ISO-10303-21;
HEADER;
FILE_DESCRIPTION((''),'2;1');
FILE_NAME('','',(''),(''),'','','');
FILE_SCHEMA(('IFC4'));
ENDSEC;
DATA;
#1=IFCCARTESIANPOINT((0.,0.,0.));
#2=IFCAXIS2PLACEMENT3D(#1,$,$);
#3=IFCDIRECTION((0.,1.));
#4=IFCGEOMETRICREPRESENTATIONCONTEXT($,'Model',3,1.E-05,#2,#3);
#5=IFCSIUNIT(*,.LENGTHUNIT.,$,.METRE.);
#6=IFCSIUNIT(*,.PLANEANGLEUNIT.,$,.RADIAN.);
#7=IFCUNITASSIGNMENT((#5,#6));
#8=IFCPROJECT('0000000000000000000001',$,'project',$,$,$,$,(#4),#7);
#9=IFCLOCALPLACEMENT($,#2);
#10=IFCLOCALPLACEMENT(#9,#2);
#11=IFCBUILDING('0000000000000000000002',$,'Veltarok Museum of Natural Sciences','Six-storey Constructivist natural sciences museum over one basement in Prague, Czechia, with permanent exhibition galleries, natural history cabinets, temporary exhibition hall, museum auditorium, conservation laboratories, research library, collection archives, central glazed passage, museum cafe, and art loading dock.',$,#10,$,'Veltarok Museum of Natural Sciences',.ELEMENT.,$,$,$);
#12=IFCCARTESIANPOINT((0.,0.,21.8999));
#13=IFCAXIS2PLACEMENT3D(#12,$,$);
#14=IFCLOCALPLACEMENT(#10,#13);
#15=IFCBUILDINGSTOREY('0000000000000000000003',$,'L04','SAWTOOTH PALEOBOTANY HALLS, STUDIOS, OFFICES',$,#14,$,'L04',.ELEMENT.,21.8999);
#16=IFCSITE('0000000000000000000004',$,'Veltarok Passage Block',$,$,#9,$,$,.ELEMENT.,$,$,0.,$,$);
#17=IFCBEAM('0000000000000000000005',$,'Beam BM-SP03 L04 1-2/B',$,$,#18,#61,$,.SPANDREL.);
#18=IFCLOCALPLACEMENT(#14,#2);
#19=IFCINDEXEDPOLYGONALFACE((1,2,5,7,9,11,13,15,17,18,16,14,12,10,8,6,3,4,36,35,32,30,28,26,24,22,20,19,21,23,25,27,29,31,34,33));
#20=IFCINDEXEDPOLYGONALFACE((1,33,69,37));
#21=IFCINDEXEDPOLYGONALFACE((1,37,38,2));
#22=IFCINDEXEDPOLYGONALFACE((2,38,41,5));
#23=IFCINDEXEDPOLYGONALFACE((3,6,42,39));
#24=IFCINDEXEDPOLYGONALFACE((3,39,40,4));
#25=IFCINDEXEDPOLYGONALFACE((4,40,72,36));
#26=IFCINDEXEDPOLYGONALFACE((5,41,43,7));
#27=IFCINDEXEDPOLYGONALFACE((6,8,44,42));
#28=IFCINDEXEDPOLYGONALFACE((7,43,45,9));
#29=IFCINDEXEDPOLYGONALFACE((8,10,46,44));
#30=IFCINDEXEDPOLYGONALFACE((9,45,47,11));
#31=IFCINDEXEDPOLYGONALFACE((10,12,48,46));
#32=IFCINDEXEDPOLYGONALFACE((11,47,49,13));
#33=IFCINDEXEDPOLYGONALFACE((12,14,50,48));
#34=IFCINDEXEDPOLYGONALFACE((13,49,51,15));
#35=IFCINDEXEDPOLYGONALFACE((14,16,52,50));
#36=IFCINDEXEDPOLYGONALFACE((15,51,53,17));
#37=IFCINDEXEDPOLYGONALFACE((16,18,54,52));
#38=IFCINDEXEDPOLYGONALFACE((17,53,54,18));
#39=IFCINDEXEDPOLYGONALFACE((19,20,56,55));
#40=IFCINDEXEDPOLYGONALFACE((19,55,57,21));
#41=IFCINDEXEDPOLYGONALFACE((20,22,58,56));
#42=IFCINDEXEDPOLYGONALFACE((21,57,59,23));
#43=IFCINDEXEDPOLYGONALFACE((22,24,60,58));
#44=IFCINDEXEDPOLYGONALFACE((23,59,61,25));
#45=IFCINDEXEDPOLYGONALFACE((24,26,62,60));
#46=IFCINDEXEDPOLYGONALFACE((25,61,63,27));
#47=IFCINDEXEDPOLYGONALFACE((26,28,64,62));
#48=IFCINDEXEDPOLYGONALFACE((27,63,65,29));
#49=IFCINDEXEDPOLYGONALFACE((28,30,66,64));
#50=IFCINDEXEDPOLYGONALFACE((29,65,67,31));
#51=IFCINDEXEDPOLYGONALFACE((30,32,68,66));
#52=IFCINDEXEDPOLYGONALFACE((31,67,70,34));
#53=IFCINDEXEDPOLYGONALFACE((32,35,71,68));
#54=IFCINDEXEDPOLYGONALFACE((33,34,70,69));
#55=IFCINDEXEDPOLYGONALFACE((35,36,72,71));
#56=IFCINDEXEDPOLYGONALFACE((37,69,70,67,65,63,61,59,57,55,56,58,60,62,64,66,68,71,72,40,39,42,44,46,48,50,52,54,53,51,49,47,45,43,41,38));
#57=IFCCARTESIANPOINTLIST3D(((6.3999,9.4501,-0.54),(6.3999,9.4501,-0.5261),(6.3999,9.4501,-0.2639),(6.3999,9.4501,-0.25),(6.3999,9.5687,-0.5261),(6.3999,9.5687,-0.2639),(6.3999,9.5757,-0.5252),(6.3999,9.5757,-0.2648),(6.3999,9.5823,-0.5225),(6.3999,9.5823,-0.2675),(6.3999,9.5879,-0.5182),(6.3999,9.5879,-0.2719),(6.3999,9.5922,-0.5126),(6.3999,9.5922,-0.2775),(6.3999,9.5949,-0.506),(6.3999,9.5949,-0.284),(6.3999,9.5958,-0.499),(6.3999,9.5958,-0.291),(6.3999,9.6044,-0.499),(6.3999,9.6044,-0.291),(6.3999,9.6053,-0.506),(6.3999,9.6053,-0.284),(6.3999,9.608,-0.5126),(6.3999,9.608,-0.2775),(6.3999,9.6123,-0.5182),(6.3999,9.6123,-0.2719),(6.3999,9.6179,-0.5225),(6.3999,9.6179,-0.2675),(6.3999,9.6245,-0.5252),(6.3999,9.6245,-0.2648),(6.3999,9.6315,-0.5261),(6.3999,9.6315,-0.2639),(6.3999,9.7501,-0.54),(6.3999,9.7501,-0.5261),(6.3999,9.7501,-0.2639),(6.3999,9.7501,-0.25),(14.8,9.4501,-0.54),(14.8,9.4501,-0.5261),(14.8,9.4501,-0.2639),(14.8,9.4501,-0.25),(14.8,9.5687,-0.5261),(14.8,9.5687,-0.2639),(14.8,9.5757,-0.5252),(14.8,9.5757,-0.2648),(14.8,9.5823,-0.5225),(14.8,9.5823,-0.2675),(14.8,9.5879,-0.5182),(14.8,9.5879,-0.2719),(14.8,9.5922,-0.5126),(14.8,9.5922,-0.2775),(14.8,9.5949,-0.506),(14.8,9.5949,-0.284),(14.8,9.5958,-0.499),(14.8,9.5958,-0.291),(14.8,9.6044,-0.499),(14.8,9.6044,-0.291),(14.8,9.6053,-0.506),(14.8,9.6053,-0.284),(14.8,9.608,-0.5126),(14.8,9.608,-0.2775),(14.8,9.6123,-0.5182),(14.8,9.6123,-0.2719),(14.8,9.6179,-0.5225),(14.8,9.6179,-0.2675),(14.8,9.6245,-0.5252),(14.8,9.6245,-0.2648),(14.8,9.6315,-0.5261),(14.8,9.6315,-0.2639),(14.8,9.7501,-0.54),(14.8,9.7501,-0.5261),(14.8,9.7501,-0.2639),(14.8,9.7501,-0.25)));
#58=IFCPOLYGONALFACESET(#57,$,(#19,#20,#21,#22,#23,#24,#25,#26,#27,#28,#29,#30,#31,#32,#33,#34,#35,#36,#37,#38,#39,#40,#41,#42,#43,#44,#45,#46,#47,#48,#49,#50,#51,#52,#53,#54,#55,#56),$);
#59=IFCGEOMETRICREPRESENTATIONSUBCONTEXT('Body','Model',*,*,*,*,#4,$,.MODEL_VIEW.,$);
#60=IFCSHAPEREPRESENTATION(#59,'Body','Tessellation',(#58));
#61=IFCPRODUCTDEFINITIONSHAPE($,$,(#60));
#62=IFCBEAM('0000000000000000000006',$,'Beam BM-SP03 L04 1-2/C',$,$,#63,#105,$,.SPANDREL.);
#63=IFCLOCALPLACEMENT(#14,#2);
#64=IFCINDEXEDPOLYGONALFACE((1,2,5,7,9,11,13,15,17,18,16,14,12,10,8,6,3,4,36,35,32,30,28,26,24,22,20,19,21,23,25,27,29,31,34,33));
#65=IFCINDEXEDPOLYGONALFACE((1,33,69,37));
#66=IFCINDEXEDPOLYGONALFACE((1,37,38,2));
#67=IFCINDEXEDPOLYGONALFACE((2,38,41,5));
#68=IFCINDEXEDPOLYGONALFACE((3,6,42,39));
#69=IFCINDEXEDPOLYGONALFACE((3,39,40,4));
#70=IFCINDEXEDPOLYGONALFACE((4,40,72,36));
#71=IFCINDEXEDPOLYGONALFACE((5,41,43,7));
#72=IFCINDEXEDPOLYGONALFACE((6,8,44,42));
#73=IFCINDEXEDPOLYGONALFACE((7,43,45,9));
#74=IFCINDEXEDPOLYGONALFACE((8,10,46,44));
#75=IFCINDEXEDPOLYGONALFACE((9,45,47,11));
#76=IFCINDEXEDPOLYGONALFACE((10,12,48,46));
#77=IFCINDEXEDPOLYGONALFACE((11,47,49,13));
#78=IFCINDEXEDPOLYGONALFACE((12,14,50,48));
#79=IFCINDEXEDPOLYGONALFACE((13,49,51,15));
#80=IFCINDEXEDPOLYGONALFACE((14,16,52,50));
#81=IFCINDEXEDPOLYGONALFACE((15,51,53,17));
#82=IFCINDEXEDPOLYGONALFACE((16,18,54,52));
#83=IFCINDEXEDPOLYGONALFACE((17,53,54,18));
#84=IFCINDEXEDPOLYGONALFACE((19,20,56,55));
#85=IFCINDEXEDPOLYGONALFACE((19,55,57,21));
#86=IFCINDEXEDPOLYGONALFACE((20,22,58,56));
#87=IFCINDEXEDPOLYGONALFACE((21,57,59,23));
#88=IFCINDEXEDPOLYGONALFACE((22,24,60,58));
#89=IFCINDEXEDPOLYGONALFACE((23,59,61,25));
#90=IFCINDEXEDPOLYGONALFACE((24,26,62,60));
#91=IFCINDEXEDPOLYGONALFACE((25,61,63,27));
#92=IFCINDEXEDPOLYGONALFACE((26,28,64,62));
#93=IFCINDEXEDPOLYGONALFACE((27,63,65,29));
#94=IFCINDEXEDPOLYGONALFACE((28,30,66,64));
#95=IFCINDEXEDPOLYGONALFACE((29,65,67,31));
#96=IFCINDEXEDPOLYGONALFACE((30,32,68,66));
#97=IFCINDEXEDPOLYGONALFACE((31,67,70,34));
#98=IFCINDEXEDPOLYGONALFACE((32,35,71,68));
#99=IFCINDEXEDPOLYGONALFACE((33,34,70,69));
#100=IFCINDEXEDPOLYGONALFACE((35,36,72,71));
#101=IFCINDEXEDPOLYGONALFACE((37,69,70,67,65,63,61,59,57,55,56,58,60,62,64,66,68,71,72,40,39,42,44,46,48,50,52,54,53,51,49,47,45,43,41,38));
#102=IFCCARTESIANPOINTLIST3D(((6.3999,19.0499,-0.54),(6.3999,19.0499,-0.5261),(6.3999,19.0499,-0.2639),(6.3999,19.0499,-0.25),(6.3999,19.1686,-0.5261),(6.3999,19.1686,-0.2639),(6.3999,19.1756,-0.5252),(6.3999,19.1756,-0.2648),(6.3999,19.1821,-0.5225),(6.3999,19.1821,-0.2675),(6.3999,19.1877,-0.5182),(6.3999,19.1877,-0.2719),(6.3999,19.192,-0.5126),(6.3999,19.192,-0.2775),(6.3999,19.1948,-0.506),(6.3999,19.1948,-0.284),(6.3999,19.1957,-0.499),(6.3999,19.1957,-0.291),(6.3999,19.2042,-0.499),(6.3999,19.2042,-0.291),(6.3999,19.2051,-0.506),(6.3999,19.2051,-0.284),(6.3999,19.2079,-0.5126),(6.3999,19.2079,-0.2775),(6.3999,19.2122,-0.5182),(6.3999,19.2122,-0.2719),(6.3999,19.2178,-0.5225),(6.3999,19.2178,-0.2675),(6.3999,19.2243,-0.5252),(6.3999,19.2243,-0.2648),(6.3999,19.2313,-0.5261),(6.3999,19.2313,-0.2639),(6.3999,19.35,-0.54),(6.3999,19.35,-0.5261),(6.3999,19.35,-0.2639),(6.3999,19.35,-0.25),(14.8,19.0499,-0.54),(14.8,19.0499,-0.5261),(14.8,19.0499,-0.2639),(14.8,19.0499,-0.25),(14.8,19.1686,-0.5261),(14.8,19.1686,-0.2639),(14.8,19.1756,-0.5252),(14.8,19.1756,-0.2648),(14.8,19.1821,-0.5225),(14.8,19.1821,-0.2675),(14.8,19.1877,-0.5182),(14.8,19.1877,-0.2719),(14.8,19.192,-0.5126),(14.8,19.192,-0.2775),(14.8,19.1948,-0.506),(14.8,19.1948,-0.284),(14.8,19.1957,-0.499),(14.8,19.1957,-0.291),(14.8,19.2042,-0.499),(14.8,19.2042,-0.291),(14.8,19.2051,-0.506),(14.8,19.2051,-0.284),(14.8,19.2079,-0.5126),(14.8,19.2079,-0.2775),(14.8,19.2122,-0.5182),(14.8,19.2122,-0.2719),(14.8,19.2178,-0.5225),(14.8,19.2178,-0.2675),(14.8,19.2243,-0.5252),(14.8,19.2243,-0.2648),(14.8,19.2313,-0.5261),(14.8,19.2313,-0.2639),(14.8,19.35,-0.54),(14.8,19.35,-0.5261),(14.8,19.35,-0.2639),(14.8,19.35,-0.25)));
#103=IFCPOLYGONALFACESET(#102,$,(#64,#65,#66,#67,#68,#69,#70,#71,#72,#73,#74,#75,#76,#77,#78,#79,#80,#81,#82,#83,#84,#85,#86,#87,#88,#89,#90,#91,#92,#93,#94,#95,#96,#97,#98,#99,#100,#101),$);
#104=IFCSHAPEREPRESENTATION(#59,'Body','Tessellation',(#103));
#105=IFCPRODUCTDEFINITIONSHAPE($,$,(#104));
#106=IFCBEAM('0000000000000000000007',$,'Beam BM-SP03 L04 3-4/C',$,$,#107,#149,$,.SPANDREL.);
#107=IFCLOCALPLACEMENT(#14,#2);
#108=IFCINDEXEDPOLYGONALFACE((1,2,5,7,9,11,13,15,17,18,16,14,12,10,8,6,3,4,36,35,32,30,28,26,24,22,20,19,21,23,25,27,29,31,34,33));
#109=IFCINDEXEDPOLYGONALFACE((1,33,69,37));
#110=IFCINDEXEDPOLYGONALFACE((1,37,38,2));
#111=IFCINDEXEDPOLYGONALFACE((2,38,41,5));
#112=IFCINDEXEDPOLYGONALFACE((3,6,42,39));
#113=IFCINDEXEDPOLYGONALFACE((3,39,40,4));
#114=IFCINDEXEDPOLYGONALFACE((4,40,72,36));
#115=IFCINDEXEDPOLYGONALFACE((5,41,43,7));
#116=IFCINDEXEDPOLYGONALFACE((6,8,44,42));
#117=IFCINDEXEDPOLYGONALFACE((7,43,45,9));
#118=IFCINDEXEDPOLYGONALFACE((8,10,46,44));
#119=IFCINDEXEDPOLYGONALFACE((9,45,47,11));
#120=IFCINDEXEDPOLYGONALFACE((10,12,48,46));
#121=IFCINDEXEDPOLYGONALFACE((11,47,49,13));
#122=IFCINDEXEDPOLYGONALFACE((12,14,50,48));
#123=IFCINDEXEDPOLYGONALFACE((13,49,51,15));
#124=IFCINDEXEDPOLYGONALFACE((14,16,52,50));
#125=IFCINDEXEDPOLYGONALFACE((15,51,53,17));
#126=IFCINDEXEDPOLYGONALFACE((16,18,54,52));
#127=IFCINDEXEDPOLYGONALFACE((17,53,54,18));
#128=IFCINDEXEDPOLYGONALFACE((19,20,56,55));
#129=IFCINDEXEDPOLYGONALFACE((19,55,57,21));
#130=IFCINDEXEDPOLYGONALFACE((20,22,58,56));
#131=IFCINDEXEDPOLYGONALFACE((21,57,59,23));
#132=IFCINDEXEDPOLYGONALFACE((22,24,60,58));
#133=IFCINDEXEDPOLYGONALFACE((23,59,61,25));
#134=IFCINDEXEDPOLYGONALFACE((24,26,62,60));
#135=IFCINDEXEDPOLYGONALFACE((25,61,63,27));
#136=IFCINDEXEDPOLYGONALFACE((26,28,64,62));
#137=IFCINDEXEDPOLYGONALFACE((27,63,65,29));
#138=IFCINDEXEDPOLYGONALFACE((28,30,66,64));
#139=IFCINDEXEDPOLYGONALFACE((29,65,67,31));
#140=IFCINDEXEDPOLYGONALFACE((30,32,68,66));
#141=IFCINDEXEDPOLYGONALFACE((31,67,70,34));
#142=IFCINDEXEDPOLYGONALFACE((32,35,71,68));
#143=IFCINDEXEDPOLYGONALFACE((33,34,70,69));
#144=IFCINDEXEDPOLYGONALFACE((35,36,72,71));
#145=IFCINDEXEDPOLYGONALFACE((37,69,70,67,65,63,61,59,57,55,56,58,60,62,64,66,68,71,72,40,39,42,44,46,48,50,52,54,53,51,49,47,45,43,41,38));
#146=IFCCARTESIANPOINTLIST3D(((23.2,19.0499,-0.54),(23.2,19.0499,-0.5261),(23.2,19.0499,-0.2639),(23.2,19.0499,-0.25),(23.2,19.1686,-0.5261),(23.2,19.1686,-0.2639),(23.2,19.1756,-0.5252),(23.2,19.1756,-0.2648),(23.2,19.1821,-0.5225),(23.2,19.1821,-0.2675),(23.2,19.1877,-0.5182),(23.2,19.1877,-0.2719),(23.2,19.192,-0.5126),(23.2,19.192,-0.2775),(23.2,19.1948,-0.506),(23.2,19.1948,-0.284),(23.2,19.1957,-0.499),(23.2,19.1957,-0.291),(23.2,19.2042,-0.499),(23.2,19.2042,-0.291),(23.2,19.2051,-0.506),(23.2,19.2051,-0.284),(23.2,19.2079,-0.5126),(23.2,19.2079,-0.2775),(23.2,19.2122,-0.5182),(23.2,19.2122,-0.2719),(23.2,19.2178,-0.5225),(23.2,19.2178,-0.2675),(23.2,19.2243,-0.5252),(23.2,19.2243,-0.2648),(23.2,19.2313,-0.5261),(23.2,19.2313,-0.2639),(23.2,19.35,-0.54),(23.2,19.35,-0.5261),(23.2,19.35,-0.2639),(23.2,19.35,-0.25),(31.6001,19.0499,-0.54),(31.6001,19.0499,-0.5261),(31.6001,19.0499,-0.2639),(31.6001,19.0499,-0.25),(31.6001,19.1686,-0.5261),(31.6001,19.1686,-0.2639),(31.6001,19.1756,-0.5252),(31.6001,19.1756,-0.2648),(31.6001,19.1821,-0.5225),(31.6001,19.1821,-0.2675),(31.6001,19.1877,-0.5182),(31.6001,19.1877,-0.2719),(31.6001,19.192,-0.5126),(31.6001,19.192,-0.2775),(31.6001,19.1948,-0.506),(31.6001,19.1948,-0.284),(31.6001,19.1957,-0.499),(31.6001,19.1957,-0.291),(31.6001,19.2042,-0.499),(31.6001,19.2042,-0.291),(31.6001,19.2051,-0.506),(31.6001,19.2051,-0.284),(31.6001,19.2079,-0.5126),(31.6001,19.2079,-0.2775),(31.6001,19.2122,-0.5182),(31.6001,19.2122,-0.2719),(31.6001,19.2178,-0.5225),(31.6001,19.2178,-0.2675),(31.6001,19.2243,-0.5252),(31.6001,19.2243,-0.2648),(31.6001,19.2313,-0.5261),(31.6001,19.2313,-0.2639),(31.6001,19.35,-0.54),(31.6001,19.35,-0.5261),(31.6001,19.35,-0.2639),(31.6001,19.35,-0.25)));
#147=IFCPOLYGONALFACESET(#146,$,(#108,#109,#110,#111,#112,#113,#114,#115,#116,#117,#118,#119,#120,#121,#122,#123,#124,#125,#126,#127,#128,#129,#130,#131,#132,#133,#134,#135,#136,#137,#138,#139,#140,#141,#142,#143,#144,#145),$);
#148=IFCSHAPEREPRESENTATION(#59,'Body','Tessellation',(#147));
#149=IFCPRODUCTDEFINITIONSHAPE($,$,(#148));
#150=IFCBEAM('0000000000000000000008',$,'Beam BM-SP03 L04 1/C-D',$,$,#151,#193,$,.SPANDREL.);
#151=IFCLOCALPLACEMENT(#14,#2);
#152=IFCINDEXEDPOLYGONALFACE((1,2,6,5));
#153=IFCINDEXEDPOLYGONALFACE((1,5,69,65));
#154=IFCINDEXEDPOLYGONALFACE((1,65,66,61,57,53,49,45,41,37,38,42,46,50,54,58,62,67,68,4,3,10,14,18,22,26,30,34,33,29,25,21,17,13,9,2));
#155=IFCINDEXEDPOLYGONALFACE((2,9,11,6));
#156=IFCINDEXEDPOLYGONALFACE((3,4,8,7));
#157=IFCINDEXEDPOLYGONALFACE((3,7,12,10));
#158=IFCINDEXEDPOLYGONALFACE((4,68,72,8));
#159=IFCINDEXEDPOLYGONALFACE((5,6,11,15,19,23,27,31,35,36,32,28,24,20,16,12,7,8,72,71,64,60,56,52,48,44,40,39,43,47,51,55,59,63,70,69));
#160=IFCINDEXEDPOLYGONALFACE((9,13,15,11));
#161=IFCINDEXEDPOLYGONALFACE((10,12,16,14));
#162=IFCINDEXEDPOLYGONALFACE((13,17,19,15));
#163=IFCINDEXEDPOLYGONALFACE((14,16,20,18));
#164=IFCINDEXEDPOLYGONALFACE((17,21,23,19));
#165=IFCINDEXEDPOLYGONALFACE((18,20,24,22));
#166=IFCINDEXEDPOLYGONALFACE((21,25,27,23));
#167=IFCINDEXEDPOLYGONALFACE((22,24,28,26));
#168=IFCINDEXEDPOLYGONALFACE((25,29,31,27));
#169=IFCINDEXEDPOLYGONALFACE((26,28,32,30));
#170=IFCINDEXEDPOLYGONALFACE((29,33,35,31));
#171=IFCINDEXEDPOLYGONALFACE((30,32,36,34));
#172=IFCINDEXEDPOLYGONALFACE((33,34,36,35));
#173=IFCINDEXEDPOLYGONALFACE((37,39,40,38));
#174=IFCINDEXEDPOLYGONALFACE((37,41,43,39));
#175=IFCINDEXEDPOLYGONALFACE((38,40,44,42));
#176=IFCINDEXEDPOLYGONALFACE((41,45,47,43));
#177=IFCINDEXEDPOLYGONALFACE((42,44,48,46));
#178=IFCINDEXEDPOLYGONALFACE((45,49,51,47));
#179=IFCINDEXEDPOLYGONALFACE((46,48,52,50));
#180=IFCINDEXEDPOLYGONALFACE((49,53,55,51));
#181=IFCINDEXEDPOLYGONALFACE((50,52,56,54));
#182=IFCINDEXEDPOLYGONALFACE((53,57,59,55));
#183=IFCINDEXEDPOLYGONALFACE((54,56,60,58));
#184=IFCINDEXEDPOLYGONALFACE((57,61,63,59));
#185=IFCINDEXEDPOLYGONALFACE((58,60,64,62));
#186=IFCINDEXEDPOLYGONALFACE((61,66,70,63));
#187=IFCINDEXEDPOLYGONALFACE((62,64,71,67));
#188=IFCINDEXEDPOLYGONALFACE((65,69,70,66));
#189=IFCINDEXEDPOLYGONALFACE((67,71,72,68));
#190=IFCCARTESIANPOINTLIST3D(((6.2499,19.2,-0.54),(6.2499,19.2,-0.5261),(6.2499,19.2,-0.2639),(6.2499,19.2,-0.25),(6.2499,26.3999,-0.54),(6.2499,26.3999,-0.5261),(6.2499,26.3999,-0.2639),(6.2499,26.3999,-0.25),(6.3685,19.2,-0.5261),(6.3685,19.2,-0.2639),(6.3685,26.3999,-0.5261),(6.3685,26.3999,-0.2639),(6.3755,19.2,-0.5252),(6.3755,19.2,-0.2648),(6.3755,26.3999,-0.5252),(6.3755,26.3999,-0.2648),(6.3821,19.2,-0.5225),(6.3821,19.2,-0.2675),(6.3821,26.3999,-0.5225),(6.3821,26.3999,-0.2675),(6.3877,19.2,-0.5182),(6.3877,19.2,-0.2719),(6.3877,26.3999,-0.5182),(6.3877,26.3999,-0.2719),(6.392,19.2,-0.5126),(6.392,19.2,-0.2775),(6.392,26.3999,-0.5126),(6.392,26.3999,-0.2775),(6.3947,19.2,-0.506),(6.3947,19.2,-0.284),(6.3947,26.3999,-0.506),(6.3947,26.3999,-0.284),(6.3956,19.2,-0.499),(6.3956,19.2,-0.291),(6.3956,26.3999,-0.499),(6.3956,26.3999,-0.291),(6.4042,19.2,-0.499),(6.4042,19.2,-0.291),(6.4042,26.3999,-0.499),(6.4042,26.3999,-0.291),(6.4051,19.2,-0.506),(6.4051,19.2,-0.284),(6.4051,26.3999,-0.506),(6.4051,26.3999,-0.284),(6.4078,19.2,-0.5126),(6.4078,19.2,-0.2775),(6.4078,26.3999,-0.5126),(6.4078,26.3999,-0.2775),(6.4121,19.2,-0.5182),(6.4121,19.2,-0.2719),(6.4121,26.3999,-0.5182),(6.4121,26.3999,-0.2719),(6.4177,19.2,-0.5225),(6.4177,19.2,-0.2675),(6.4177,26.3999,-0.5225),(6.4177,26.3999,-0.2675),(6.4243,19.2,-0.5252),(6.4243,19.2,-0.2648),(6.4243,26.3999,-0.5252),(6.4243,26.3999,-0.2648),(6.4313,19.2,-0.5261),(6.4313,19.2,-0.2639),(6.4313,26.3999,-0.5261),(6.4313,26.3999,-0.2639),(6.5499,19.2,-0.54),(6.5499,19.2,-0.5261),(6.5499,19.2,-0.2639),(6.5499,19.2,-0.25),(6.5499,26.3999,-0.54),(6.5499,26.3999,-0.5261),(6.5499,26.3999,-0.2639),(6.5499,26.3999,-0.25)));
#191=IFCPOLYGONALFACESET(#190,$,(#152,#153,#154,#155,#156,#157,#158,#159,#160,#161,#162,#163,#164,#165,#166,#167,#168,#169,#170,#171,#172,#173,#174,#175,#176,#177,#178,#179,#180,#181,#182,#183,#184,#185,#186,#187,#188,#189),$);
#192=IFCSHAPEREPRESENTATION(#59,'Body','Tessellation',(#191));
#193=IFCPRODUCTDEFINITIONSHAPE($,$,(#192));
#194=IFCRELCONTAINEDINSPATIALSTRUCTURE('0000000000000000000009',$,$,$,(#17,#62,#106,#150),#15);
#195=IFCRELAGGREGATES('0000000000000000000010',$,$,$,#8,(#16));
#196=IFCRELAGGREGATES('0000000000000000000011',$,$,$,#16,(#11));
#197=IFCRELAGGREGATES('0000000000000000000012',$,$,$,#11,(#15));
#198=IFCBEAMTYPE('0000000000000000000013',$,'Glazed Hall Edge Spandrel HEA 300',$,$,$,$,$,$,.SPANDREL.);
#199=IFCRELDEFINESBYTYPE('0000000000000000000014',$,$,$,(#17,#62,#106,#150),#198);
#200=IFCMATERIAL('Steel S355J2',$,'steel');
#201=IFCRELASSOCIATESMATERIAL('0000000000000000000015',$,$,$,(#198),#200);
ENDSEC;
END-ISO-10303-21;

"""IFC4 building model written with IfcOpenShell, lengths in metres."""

from ifc_helpers import new_model, si_unit, direction, frame, origin, origin_2d, place, context, subcontext, project, spatial, i_section, extrude, material, material_profile, profile_set, type_object, element, save


model = new_model("IFC4")

# Units and contexts
model_context = context("Model", 3, precision=1e-05, world=origin(), true_north=direction((0.0, 1.0)))
body_context = subcontext(model_context, "Body", "Model", "MODEL_VIEW")
ifc_project = project(units=[si_unit("LENGTHUNIT", "METRE"), si_unit("PLANEANGLEUNIT", "RADIAN")], contexts=[model_context])

# Site, building, storey
site_placement = place(None, origin())
site = spatial("IfcSite", under=ifc_project, at=site_placement, Name="Veltarok Passage Block", CompositionType="ELEMENT", RefElevation=0.0)
building_placement = place(site_placement, origin())
building = spatial("IfcBuilding", under=site, at=building_placement, Name="Veltarok Museum of Natural Sciences", Description="Six-storey Constructivist natural sciences museum over one basement in Prague, Czechia, with permanent exhibition galleries, natural history cabinets, temporary exhibition hall, museum auditorium, conservation laboratories, research library, collection archives, central glazed passage, museum cafe, and art loading dock.", LongName="Veltarok Museum of Natural Sciences", CompositionType="ELEMENT")
storey_placement = place(building_placement, frame((0.0, 0.0, 21.8999)))
storey = spatial("IfcBuildingStorey", under=building, at=storey_placement, Name="L04", Description="SAWTOOTH PALEOBOTANY HALLS, STUDIOS, OFFICES", LongName="L04", CompositionType="ELEMENT", Elevation=21.8999)

# Beams
ifc_material_1 = material(Name="Steel S355J2", Category="steel")
ifc_material_profile_1 = material_profile(ifc_material_1, i_section(OverallWidth=0.3, OverallDepth=0.29, WebThickness=0.0085, FlangeThickness=0.0139, FilletRadius=0.0271, at=origin_2d()), Name="HEA 300")
ifc_profile_set_1 = profile_set([ifc_material_profile_1], Name="Steel S355J2")
beam_type_1 = type_object("IfcBeamType", Name="Glazed Hall Edge Spandrel HEA 300", PredefinedType="SPANDREL", material=ifc_profile_set_1)
for number, where, z_axis, x_axis, name in (
    (1, (6.3999, 9.6001, -0.395), (1.0, 0.0, 0.0), (0.0, 1.0, 0.0), "Beam BM-SP03 L04 1-2/B"),
    (2, (6.3999, 19.2, -0.395), (1.0, 0.0, 0.0), (0.0, 1.0, 0.0), "Beam BM-SP03 L04 1-2/C"),
    (3, (23.2, 19.2, -0.395), (1.0, 0.0, 0.0), (0.0, 1.0, 0.0), "Beam BM-SP03 L04 3-4/C"),
):
    element("IfcBeam", number, at=place(storey_placement, frame(where, z_axis=z_axis, x_axis=x_axis)), inside=storey, type_object=beam_type_1, Name=name, PredefinedType="SPANDREL", context=body_context, shape_type="SweptSolid", body=[
        extrude(i_section(OverallWidth=0.3, OverallDepth=0.29, WebThickness=0.0085, FlangeThickness=0.0139, FilletRadius=0.0271, at=origin_2d()), origin(), (0.0, 0.0, 1.0), 8.4001),
    ])
for number, where, z_axis, x_axis, name in (
    (4, (6.3999, 19.2, -0.395), (0.0, 1.0, 0.0), (-1.0, 0.0, 0.0), "Beam BM-SP03 L04 1/C-D"),
):
    element("IfcBeam", number, at=place(storey_placement, frame(where, z_axis=z_axis, x_axis=x_axis)), inside=storey, type_object=beam_type_1, Name=name, PredefinedType="SPANDREL", context=body_context, shape_type="SweptSolid", body=[
        extrude(i_section(OverallWidth=0.3, OverallDepth=0.29, WebThickness=0.0085, FlangeThickness=0.0139, FilletRadius=0.0271, at=origin_2d()), origin(), (0.0, 0.0, 1.0), 7.2),
    ])

save(model, "model.ifc")
